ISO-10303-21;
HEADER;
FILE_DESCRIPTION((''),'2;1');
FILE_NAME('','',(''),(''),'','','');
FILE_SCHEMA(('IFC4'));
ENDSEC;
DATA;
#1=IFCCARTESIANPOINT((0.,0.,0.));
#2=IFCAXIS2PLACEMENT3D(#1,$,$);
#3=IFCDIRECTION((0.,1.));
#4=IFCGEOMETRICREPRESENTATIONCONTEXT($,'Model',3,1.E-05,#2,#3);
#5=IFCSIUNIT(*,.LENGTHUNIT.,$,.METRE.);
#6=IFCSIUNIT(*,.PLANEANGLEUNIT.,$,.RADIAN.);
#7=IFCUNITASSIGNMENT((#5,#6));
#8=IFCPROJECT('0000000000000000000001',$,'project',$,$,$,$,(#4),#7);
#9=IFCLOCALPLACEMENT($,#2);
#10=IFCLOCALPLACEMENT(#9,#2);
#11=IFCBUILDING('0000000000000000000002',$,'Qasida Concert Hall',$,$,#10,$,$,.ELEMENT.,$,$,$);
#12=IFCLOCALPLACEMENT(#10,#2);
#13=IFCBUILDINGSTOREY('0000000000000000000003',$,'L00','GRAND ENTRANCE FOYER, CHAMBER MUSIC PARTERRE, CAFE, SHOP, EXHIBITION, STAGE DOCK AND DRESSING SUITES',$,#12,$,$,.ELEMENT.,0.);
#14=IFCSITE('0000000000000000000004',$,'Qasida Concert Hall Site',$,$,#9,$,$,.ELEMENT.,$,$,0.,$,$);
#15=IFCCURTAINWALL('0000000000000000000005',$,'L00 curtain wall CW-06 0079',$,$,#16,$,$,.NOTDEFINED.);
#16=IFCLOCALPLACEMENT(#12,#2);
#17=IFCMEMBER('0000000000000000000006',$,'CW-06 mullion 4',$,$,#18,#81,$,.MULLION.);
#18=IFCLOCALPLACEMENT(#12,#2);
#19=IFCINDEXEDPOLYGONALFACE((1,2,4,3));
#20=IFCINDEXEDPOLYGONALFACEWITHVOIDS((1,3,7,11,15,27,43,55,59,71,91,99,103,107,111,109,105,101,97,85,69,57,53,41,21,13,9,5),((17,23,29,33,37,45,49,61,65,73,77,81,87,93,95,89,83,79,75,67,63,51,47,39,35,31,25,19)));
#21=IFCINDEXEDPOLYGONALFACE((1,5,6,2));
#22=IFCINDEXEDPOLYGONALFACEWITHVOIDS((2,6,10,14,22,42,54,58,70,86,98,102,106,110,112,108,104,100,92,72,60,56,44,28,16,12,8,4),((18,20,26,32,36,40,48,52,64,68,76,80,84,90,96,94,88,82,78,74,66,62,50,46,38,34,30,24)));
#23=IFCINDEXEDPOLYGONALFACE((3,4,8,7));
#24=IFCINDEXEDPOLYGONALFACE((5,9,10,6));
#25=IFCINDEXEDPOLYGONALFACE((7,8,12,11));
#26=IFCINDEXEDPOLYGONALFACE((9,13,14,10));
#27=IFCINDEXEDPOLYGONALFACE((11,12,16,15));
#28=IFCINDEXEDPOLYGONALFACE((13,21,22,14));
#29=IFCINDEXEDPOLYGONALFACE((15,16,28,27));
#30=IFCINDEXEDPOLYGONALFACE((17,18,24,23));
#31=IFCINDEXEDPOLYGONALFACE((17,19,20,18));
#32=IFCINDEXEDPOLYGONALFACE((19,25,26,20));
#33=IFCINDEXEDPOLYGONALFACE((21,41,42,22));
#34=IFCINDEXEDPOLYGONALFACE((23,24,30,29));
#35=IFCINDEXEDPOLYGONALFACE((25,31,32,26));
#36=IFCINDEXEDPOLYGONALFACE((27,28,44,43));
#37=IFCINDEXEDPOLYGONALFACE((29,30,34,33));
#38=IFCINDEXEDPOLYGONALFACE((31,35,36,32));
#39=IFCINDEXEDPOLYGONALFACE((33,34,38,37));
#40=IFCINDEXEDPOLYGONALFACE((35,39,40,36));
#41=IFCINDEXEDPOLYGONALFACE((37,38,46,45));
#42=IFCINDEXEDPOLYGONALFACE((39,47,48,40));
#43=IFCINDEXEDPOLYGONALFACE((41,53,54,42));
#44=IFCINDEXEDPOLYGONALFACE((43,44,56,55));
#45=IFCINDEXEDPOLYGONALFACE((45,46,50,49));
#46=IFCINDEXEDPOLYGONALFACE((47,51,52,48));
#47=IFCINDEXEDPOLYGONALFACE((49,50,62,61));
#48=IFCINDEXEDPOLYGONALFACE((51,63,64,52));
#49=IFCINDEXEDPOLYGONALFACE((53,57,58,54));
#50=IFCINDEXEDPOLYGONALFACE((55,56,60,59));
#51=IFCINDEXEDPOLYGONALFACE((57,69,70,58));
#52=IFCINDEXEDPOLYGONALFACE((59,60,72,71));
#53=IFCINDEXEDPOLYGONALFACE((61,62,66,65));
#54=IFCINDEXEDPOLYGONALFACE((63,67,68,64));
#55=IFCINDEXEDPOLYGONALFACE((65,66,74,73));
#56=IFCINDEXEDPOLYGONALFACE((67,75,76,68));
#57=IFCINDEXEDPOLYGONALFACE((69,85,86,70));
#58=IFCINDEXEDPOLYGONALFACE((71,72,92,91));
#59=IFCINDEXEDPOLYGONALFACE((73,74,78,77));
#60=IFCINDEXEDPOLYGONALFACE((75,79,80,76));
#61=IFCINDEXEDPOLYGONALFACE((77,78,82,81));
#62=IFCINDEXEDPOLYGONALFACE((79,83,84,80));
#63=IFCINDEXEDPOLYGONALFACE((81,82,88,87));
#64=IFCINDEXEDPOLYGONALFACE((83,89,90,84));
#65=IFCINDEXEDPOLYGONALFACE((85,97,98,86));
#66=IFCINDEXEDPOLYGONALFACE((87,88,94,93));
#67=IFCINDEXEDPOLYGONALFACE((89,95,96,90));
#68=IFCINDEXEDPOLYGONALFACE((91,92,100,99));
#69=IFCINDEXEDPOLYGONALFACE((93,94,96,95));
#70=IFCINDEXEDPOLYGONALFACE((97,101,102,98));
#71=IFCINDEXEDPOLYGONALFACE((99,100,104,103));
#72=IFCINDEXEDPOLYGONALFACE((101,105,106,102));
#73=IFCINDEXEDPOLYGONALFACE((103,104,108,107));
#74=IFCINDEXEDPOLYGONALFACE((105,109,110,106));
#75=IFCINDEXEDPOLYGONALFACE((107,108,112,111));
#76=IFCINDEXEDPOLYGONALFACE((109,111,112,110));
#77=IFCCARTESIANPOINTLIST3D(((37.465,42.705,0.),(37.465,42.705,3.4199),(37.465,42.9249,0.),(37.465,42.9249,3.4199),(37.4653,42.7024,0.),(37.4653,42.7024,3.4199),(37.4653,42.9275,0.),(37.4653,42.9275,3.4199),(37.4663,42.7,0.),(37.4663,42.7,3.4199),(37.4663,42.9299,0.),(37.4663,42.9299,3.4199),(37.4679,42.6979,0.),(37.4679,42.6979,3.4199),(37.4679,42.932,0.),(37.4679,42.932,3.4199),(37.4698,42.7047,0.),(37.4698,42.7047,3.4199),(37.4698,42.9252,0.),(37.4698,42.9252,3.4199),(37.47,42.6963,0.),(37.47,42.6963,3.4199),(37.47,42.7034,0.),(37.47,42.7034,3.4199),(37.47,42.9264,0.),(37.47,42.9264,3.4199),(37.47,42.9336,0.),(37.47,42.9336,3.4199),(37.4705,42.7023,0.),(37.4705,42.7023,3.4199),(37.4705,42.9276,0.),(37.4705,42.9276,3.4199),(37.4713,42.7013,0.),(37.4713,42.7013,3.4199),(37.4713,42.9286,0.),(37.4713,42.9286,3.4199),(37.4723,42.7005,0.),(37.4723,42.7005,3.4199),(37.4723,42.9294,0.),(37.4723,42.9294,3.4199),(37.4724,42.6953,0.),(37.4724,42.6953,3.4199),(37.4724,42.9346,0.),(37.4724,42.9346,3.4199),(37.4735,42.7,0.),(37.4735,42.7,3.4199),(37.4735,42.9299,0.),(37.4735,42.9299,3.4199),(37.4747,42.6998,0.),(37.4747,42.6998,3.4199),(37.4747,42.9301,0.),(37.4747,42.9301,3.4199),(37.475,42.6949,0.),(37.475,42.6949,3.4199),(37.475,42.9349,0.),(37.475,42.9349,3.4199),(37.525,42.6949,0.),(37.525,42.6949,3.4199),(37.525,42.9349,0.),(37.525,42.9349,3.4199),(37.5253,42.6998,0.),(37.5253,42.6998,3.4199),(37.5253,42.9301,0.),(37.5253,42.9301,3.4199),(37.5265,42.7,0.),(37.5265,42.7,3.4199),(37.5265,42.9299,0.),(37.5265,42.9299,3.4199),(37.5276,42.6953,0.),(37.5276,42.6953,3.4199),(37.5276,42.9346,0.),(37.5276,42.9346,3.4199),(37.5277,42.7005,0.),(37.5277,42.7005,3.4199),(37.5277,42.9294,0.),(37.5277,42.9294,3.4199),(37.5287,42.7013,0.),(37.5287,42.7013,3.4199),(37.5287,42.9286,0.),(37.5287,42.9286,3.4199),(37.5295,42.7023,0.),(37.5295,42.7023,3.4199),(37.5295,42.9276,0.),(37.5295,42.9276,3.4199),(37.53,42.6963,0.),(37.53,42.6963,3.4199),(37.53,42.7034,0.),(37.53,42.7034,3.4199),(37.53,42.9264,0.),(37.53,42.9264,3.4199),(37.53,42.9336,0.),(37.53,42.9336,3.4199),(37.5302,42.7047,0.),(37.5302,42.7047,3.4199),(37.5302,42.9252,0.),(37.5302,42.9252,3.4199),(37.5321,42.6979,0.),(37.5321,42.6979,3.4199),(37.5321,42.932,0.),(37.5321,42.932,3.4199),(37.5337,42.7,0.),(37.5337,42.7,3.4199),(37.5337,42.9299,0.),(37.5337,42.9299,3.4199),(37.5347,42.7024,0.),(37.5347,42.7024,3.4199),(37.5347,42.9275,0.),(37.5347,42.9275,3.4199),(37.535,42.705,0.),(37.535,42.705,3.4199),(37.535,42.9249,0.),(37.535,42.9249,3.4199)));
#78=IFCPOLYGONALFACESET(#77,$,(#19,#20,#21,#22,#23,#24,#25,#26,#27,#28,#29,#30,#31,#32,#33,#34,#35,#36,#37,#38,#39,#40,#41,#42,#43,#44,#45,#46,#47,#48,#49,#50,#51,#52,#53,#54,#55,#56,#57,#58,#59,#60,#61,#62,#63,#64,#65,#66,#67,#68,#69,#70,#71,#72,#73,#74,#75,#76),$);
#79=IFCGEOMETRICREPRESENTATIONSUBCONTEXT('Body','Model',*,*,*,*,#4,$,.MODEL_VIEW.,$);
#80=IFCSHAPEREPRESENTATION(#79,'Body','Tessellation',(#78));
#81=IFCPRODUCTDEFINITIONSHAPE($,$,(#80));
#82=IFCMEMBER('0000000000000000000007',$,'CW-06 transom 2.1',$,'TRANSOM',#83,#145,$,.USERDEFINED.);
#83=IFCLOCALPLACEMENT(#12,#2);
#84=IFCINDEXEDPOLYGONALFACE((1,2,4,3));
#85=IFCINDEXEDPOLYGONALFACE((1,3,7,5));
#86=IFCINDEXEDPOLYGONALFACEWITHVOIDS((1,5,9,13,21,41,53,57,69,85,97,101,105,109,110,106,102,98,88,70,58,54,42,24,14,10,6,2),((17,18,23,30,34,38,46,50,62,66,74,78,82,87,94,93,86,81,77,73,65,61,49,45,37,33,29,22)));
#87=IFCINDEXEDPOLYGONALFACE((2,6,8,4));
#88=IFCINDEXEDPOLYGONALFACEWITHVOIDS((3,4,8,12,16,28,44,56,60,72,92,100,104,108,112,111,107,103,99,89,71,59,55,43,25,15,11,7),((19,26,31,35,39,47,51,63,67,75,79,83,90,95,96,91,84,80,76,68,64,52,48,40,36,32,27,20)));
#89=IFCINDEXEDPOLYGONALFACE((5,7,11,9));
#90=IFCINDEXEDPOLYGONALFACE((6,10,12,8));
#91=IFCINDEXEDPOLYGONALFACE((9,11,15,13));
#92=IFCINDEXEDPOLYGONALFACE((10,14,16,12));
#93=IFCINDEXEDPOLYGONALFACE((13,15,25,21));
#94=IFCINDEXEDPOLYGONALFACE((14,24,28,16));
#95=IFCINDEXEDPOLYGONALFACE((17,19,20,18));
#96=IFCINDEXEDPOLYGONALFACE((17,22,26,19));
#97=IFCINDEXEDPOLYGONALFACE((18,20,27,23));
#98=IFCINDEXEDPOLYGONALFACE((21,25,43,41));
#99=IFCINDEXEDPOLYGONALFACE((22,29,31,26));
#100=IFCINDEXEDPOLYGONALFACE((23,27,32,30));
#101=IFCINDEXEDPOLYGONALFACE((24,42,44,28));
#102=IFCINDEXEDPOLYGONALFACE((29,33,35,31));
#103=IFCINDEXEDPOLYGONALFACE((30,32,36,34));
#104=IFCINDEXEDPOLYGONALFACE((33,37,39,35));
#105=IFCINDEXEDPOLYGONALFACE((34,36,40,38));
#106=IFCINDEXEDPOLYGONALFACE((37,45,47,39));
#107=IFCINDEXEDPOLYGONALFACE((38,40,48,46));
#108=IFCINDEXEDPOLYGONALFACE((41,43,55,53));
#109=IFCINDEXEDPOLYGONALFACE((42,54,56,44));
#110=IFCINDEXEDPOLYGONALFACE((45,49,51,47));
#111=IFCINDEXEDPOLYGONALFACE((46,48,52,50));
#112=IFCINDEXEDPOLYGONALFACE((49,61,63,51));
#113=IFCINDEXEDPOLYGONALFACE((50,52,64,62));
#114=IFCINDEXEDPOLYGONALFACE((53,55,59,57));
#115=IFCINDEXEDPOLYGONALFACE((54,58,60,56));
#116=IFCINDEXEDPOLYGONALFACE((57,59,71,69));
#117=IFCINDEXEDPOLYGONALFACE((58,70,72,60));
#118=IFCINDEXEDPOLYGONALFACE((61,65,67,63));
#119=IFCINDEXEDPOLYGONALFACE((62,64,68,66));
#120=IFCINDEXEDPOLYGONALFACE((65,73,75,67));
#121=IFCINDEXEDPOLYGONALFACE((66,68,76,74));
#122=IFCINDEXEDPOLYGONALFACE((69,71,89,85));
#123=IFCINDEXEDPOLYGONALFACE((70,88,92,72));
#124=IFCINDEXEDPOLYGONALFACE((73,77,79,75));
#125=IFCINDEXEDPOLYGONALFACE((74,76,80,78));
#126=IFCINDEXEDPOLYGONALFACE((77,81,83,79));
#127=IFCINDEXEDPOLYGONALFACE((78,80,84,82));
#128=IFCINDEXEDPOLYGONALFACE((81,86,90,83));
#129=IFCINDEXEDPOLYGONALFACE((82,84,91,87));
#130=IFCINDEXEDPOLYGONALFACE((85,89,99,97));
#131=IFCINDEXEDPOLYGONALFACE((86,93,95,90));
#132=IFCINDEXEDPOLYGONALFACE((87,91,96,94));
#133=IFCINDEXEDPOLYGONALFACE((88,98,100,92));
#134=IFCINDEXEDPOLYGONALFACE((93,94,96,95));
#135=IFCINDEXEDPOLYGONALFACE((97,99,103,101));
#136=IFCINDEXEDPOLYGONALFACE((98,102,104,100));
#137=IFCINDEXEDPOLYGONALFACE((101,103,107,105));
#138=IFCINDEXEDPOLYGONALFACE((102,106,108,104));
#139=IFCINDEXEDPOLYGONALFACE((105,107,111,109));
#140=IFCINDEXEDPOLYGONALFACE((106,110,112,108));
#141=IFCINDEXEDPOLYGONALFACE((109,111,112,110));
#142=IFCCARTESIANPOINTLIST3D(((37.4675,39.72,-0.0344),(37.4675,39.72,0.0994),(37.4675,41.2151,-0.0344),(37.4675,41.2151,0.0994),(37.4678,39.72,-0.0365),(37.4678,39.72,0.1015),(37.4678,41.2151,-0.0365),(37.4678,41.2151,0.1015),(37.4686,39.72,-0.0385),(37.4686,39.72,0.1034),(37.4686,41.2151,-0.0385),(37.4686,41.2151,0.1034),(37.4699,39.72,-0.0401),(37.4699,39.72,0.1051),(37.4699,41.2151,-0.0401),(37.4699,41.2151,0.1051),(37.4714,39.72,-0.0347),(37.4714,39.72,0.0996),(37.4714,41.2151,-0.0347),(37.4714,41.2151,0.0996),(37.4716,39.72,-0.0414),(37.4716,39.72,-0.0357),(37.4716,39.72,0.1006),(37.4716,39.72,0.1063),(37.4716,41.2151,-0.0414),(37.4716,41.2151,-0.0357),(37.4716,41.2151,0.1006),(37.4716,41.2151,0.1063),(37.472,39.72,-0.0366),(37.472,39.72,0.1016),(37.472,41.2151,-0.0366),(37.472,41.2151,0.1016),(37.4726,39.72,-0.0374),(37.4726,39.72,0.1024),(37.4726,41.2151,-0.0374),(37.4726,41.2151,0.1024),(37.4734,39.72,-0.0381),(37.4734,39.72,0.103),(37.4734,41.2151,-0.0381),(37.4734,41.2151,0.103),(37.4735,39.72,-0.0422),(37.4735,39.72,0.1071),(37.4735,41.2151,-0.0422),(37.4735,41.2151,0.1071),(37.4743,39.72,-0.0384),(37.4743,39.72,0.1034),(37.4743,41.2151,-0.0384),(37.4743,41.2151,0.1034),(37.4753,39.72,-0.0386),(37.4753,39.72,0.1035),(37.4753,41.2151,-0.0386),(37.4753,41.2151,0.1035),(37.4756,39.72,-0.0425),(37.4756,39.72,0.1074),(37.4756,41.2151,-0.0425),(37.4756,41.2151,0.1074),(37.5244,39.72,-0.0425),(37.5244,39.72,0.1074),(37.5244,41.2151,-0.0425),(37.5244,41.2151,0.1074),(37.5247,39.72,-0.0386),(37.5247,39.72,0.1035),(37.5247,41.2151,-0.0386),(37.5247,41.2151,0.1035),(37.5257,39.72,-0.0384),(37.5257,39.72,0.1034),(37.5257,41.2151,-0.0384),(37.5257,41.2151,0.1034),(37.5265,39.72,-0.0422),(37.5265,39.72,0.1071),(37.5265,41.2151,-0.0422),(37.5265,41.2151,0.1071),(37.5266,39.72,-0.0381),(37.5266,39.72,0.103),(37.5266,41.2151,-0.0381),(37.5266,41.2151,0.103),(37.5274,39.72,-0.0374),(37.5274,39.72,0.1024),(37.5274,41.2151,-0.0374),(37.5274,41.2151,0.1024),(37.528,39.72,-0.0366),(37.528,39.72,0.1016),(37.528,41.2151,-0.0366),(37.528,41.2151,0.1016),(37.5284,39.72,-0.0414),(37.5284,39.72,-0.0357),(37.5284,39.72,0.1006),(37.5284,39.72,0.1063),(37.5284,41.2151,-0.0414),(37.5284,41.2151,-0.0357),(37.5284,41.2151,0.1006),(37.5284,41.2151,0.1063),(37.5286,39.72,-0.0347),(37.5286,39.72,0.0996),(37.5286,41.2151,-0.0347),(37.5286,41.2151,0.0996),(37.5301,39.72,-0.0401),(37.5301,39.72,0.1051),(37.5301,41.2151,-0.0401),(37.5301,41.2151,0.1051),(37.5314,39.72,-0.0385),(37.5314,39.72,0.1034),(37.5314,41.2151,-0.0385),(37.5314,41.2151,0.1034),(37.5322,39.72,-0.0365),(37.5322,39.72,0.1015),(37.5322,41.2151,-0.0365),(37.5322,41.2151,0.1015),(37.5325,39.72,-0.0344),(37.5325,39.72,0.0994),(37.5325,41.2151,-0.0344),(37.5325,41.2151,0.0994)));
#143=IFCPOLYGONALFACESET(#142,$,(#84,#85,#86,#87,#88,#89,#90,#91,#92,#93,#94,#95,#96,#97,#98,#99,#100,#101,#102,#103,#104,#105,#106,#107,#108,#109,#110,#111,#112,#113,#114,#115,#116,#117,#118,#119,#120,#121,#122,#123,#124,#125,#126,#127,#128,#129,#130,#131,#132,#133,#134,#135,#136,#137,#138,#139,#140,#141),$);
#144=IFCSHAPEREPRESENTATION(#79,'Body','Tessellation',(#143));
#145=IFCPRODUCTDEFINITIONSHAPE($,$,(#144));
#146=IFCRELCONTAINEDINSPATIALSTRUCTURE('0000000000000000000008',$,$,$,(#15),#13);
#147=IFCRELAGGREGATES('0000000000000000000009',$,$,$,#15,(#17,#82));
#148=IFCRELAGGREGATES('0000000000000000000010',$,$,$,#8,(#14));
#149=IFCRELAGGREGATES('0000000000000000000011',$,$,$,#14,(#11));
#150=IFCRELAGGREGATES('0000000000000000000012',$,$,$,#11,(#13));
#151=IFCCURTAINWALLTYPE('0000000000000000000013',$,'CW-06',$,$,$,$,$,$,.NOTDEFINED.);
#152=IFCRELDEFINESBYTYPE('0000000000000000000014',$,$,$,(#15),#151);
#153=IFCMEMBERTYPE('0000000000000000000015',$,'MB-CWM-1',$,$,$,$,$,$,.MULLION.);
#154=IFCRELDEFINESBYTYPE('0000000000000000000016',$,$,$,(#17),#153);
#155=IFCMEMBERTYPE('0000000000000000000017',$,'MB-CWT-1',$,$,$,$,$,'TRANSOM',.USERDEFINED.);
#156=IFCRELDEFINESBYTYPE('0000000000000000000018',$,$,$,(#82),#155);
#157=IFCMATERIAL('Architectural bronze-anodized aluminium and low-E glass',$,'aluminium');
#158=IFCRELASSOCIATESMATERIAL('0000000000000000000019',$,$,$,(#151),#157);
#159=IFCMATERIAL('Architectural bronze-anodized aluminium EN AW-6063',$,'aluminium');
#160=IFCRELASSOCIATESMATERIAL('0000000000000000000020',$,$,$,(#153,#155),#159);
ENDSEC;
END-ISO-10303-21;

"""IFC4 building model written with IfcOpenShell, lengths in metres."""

from ifc_helpers import new_model, si_unit, direction, frame, origin, origin_2d, place, context, subcontext, project, spatial, hollow_rectangle, extrude, material, material_profile, profile_set, type_object, element, aggregate, save


model = new_model("IFC4")

# Units and contexts
model_context = context("Model", 3, precision=1e-05, world=origin(), true_north=direction((0.0, 1.0)))
body_context = subcontext(model_context, "Body", "Model", "MODEL_VIEW")
ifc_project = project(units=[si_unit("LENGTHUNIT", "METRE"), si_unit("PLANEANGLEUNIT", "RADIAN")], contexts=[model_context])

# Site, building, storey
site_placement = place(None, origin())
site = spatial("IfcSite", under=ifc_project, at=site_placement, Name="Qasida Concert Hall Site", CompositionType="ELEMENT", RefElevation=0.0)
building_placement = place(site_placement, origin())
building = spatial("IfcBuilding", under=site, at=building_placement, Name="Qasida Concert Hall", CompositionType="ELEMENT")
storey_placement = place(building_placement, origin())
storey = spatial("IfcBuildingStorey", under=building, at=storey_placement, Name="L00", Description="GRAND ENTRANCE FOYER, CHAMBER MUSIC PARTERRE, CAFE, SHOP, EXHIBITION, STAGE DOCK AND DRESSING SUITES", CompositionType="ELEMENT", Elevation=0.0)

# Curtain wall, members
ifc_material_1 = material(Name="Architectural bronze-anodized aluminium and low-E glass", Category="aluminium")
curtain_wall_type = type_object("IfcCurtainWallType", Name="CW-06", PredefinedType="NOTDEFINED", material=ifc_material_1)
curtain_wall_placement = place(storey_placement, origin())
curtain_wall = element("IfcCurtainWall", 1, at=curtain_wall_placement, inside=storey, type_object=curtain_wall_type, Name="L00 curtain wall CW-06 0079", PredefinedType="NOTDEFINED")
ifc_material_2 = material(Name="Architectural bronze-anodized aluminium EN AW-6063", Category="aluminium")
ifc_material_profile_1 = material_profile(ifc_material_2, hollow_rectangle(XDim=0.0701, YDim=0.24, WallThickness=0.0049, InnerFilletRadius=0.0049, OuterFilletRadius=0.01, at=origin_2d()), Name="CWM 240x70x5")
ifc_profile_set_1 = profile_set([ifc_material_profile_1], Name="Architectural bronze-anodized aluminium EN AW-6063")
member_type_1 = type_object("IfcMemberType", Name="MB-CWM-1", PredefinedType="MULLION", material=ifc_profile_set_1)
member_1_placement = place(storey_placement, frame((37.5, 42.8149, 0.0), z_axis=(0.0, 0.0, 1.0), x_axis=(-1.0, 0.0, 0.0)))
member_1 = element("IfcMember", 2, at=member_1_placement, type_object=member_type_1, Name="CW-06 mullion 4", PredefinedType="MULLION", context=body_context, shape_type="SweptSolid", body=[
    extrude(hollow_rectangle(XDim=0.0701, YDim=0.24, WallThickness=0.0049, InnerFilletRadius=0.0049, OuterFilletRadius=0.01, at=origin_2d()), origin(), (0.0, 0.0, 1.0), 3.4199),
])
ifc_material_profile_2 = material_profile(ifc_material_2, hollow_rectangle(XDim=0.0649, YDim=0.1499, WallThickness=0.0039, InnerFilletRadius=0.0039, OuterFilletRadius=0.0081, at=origin_2d()), Name="CWT 150x65x4")
ifc_profile_set_2 = profile_set([ifc_material_profile_2], Name="Architectural bronze-anodized aluminium EN AW-6063")
member_type_2 = type_object("IfcMemberType", Name="MB-CWT-1", ElementType="TRANSOM", PredefinedType="USERDEFINED", material=ifc_profile_set_2)
member_2_placement = place(storey_placement, frame((37.5, 39.72, 0.0325), z_axis=(0.0, 1.0, 0.0), x_axis=(-1.0, 0.0, 0.0)))
member_2 = element("IfcMember", 3, at=member_2_placement, type_object=member_type_2, Name="CW-06 transom 2.1", ObjectType="TRANSOM", PredefinedType="USERDEFINED", context=body_context, shape_type="SweptSolid", body=[
    extrude(hollow_rectangle(XDim=0.0649, YDim=0.1499, WallThickness=0.0039, InnerFilletRadius=0.0039, OuterFilletRadius=0.0081, at=origin_2d()), origin(), (0.0, 0.0, 1.0), 1.4951),
])
aggregate(curtain_wall, [member_1, member_2])

save(model, "model.ifc")
